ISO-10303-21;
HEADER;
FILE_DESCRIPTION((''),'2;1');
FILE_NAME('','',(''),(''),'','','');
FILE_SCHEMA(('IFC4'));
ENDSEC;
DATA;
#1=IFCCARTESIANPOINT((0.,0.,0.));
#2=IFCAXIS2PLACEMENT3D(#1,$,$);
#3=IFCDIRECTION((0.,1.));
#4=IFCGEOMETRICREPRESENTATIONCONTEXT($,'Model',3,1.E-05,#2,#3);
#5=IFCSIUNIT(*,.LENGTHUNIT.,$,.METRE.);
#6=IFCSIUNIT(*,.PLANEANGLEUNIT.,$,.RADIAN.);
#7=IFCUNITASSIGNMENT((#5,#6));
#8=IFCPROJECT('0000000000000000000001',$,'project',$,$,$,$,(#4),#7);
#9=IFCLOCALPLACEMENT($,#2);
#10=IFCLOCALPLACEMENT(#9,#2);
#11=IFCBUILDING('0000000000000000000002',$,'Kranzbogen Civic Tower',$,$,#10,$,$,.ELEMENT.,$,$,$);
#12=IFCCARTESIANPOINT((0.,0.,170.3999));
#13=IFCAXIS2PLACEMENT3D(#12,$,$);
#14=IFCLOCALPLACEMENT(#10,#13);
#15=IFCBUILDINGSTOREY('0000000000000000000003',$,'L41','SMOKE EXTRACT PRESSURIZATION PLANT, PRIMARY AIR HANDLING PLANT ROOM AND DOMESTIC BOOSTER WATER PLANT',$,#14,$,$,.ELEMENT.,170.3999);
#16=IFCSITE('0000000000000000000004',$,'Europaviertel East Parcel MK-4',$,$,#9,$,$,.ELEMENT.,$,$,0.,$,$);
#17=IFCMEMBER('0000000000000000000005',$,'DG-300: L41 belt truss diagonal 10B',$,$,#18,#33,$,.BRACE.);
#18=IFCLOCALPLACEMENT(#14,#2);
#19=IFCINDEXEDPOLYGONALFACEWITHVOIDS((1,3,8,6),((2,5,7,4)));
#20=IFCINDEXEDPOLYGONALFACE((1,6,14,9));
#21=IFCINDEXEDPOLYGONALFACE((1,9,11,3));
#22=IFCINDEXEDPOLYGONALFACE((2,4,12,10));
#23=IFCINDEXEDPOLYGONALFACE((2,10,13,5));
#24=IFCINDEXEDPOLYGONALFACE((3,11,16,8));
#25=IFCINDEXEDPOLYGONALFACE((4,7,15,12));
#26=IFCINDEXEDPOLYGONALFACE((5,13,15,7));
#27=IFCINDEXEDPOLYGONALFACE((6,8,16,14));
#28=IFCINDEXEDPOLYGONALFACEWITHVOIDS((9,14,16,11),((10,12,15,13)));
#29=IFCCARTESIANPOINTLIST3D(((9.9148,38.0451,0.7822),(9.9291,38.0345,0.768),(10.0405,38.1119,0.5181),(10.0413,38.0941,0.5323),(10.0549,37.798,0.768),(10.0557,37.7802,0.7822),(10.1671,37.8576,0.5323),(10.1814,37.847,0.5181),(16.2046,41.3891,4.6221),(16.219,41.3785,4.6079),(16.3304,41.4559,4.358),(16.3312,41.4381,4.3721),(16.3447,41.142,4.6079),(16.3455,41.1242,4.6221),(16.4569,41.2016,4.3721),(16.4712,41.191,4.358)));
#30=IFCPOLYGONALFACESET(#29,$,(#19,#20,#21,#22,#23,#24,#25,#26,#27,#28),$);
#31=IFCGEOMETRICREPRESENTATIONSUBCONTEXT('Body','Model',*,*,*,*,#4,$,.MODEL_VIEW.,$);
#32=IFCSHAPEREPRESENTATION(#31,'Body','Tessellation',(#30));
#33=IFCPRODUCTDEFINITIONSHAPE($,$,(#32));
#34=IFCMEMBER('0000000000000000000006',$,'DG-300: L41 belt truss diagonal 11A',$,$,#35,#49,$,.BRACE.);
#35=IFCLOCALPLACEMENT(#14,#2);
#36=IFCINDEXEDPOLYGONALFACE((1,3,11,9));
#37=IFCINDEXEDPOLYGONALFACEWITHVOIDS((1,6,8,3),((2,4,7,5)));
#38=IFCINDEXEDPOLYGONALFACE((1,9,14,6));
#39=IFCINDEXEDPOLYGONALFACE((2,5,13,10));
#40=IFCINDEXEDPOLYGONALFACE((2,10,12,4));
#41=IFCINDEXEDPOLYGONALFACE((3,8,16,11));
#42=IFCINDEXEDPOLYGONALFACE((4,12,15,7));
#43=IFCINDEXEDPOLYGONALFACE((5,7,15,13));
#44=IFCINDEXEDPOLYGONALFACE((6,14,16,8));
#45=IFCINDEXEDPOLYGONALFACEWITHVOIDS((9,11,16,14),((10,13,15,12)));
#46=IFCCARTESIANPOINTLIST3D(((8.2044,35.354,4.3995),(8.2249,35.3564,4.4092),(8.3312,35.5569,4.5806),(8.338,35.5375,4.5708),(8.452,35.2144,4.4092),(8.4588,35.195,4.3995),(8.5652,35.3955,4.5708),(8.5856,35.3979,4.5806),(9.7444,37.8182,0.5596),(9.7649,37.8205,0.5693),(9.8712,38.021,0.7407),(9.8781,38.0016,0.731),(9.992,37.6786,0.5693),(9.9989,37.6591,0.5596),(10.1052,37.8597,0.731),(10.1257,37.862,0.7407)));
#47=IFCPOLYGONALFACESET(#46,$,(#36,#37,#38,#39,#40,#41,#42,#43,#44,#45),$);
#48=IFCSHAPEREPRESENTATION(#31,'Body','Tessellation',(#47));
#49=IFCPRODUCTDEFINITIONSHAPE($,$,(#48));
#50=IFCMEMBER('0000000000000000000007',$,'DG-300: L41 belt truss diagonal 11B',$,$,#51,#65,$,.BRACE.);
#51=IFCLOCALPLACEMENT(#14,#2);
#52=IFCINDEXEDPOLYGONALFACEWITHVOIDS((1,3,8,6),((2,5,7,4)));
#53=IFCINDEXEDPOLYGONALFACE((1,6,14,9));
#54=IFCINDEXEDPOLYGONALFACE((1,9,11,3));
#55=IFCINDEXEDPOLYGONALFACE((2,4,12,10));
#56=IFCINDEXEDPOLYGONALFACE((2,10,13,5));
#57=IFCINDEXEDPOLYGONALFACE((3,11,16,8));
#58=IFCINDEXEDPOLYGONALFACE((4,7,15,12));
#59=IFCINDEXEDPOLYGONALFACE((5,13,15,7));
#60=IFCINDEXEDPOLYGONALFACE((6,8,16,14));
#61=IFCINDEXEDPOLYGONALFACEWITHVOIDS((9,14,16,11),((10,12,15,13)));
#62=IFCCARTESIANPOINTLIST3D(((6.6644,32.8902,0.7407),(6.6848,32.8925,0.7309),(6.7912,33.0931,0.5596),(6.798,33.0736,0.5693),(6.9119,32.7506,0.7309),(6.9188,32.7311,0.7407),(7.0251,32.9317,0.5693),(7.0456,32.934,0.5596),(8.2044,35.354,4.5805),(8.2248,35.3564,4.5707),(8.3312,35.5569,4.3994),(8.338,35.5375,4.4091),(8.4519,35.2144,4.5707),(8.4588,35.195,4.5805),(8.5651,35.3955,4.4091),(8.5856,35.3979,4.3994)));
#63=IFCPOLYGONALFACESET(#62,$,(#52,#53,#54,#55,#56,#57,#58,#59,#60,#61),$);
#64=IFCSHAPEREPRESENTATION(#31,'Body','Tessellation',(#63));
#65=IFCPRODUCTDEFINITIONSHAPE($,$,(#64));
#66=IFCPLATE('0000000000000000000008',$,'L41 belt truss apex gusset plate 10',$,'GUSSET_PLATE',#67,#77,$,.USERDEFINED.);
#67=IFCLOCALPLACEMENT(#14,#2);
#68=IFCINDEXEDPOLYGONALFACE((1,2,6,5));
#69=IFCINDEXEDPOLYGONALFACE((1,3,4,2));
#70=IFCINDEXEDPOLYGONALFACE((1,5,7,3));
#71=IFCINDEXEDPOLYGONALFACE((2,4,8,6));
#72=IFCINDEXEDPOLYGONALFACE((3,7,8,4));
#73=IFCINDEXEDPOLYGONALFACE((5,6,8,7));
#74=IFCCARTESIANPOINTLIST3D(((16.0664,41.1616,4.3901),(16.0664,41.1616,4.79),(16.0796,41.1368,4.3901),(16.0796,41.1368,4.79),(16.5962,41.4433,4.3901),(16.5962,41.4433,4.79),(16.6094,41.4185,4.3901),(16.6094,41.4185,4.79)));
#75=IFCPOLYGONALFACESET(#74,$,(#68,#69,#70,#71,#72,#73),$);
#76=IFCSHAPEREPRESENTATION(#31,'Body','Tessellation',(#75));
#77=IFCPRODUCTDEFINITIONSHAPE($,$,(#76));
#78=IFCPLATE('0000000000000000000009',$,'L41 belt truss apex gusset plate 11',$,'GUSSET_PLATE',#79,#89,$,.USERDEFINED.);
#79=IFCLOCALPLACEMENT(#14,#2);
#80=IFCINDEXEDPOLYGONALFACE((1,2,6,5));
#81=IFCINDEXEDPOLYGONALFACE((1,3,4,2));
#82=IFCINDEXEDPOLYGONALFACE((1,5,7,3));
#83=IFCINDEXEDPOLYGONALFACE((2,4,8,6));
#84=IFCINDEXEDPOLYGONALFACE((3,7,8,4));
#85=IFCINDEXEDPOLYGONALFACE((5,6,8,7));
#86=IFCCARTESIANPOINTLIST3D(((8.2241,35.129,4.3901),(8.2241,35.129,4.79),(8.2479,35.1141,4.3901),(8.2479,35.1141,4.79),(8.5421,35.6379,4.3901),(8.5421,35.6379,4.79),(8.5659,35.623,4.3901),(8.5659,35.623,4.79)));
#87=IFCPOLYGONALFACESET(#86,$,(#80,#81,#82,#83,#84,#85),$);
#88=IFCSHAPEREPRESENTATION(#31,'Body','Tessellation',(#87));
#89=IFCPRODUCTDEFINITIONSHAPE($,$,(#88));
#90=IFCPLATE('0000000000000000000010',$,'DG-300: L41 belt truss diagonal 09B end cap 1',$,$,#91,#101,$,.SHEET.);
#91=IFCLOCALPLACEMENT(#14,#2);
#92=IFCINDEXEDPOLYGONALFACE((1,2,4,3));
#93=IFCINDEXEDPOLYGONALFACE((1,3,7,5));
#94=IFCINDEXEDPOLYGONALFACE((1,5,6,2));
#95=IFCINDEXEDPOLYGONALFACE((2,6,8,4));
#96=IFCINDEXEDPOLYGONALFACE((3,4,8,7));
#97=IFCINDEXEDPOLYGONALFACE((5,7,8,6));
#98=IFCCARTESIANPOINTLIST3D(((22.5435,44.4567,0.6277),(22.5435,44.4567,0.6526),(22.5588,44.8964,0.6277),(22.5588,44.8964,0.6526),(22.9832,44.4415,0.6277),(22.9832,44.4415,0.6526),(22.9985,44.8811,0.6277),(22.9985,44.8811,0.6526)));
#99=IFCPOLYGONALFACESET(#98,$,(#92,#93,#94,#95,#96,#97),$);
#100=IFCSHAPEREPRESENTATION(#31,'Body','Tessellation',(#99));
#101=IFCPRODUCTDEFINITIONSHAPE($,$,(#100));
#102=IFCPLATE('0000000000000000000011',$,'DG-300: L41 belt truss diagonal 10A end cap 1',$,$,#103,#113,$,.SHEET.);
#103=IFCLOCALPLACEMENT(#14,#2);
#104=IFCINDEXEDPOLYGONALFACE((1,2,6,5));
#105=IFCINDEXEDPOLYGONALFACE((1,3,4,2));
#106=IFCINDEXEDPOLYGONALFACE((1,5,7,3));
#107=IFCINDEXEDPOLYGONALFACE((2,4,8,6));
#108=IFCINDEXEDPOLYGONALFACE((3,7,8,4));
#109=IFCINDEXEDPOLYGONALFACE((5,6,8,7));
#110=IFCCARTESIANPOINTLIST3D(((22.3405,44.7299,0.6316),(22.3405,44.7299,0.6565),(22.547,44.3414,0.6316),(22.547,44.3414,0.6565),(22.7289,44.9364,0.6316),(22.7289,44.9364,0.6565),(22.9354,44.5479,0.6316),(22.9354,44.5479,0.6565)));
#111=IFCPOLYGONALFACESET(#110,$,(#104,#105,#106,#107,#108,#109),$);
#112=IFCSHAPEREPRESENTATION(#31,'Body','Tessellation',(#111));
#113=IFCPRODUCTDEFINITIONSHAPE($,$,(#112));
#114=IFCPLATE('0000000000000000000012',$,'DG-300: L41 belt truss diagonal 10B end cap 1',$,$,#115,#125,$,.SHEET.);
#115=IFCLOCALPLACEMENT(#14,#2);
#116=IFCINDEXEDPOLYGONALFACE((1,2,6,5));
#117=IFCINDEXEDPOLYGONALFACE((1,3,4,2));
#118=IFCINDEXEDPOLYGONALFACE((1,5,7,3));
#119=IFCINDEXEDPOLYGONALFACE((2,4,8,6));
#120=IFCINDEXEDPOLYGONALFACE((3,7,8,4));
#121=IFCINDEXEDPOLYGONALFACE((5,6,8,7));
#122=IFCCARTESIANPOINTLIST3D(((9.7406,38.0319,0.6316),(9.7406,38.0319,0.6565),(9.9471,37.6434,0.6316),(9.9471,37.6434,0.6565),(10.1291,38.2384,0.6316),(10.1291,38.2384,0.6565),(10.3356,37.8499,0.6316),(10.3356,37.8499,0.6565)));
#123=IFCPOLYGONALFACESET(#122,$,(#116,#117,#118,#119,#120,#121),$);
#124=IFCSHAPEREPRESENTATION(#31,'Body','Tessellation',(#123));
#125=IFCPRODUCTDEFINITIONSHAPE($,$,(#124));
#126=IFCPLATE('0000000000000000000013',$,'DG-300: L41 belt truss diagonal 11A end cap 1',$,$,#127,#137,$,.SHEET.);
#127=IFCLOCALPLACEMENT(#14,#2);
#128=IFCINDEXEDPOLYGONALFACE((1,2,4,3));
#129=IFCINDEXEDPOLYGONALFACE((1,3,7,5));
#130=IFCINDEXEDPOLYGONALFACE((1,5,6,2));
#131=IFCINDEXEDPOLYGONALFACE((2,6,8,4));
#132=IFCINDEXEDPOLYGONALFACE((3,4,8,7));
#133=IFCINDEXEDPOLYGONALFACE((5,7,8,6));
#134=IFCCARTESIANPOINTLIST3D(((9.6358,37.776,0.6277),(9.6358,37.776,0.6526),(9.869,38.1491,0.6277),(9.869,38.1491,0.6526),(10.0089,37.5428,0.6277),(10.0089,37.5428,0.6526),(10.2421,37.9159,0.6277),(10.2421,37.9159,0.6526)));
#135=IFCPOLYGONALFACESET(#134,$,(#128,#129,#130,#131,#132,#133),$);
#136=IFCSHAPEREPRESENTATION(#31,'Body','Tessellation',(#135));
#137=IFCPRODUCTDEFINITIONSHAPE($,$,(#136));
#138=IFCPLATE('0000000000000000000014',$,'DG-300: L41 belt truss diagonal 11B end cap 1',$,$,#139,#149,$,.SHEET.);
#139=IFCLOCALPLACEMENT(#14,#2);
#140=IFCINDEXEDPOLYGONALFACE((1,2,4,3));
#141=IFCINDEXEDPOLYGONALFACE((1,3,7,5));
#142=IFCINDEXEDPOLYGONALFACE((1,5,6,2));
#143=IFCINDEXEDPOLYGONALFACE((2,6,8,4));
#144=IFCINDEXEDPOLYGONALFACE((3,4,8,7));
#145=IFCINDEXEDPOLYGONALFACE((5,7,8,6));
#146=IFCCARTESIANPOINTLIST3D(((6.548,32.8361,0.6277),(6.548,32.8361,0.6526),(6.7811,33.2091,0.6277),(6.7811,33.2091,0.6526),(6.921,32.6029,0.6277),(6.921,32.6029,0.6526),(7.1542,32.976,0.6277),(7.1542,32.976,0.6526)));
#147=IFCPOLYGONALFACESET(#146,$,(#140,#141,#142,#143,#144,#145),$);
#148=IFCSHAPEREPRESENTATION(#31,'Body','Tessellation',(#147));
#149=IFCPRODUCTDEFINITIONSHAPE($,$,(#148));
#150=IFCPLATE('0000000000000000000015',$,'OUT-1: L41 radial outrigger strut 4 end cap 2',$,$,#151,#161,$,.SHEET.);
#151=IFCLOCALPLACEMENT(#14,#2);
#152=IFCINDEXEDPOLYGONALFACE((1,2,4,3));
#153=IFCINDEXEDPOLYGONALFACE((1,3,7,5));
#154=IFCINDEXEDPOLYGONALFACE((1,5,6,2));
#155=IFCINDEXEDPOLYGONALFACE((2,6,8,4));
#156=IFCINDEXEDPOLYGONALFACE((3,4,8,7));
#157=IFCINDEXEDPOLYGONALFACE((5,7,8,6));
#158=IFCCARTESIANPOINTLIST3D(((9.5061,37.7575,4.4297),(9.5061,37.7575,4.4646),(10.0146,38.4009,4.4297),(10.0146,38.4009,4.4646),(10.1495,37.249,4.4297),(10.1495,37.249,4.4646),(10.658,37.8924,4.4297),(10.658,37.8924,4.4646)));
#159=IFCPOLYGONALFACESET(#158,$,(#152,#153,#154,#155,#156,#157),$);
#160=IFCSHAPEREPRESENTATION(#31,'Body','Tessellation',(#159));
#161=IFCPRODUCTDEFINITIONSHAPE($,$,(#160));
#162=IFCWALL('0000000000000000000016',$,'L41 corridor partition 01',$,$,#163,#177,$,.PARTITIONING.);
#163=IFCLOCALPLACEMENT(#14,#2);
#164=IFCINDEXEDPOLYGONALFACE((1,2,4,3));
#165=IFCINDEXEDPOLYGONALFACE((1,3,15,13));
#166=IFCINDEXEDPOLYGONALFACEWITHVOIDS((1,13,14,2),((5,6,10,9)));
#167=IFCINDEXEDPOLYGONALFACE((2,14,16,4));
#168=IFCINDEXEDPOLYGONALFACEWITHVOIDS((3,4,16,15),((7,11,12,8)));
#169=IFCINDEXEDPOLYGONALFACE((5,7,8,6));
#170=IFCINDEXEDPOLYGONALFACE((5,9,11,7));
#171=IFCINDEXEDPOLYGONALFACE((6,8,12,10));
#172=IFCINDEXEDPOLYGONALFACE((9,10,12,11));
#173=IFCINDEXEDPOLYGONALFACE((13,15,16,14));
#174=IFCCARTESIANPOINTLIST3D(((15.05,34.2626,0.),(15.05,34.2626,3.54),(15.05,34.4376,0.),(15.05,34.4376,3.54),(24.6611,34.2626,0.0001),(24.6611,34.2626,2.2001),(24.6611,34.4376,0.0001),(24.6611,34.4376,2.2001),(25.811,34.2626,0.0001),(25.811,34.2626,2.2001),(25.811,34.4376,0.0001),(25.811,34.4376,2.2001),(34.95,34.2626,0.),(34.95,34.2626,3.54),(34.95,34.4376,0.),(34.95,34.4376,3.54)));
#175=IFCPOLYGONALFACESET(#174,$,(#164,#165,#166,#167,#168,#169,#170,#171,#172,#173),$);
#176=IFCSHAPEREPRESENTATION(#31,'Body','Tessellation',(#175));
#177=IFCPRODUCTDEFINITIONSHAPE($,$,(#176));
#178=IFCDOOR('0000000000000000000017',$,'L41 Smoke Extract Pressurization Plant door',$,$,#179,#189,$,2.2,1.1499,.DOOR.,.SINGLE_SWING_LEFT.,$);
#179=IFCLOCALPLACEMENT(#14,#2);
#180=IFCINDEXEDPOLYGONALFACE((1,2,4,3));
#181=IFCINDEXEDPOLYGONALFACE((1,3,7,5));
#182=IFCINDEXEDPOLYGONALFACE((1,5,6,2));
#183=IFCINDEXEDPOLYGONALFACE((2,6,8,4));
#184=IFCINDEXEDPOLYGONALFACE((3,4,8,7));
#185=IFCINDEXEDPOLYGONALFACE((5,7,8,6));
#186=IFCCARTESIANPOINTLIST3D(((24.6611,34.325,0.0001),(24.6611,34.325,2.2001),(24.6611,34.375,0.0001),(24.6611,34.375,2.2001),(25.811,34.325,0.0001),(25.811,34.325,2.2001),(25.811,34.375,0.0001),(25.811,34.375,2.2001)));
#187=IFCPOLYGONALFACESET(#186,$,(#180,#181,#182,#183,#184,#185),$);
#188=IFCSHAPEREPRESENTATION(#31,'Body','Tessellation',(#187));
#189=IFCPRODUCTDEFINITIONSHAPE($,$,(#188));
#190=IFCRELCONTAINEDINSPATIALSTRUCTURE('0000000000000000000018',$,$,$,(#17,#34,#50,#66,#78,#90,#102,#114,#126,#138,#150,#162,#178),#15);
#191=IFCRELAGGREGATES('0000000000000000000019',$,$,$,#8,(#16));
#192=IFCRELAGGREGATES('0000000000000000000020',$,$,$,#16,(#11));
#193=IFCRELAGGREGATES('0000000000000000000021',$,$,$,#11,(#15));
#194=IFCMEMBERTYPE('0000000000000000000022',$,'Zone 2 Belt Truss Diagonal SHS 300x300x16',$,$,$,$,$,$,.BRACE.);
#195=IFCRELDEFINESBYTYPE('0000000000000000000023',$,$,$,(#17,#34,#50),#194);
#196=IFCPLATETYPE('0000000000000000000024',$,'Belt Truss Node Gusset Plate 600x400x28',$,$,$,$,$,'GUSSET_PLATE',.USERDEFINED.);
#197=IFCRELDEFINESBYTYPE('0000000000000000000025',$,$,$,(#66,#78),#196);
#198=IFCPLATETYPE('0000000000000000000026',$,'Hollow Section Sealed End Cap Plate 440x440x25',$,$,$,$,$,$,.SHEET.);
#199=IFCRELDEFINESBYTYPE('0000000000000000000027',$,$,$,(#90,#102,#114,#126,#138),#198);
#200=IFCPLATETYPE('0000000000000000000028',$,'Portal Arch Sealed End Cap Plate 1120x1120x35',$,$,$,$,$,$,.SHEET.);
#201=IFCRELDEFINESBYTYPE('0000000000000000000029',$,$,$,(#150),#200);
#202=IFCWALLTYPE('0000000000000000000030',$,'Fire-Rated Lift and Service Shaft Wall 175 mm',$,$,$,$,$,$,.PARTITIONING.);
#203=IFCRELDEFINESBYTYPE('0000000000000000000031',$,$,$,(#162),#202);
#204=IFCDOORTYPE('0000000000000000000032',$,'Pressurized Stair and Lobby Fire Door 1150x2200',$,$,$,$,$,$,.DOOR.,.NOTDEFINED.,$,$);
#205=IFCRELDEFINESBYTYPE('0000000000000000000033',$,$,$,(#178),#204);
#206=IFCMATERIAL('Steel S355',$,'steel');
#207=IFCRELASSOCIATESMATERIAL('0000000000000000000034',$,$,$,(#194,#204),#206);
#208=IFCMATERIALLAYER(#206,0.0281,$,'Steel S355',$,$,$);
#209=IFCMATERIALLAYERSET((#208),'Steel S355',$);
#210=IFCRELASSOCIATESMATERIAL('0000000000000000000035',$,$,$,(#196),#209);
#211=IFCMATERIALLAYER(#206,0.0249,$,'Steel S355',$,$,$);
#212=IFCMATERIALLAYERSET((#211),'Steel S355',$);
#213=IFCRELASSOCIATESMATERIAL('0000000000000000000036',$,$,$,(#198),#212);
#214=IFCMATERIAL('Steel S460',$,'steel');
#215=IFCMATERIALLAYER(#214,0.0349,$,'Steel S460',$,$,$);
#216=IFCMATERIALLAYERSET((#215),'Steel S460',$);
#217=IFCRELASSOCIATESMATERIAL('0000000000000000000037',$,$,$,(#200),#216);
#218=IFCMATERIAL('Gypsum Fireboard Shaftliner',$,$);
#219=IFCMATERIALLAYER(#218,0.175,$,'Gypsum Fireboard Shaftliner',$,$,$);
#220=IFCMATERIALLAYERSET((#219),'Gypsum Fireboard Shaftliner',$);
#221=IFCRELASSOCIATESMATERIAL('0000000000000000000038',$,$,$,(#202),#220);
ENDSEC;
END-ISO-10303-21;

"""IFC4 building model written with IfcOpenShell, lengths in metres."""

from ifc_helpers import new_model, si_unit, direction, frame, frame_2d, origin, origin_2d, place, context, subcontext, project, spatial, rectangle, hollow_rectangle, extrude, material, layer, layer_set, material_profile, profile_set, type_object, element, fill, save


model = new_model("IFC4")

# Units and contexts
model_context = context("Model", 3, precision=1e-05, world=origin(), true_north=direction((0.0, 1.0)))
body_context = subcontext(model_context, "Body", "Model", "MODEL_VIEW")
ifc_project = project(units=[si_unit("LENGTHUNIT", "METRE"), si_unit("PLANEANGLEUNIT", "RADIAN")], contexts=[model_context])

# Site, building, storey
site_placement = place(None, origin())
site = spatial("IfcSite", under=ifc_project, at=site_placement, Name="Europaviertel East Parcel MK-4", CompositionType="ELEMENT", RefElevation=0.0)
building_placement = place(site_placement, origin())
building = spatial("IfcBuilding", under=site, at=building_placement, Name="Kranzbogen Civic Tower", CompositionType="ELEMENT")
storey_placement = place(building_placement, frame((0.0, 0.0, 170.3999)))
storey = spatial("IfcBuildingStorey", under=building, at=storey_placement, Name="L41", Description="SMOKE EXTRACT PRESSURIZATION PLANT, PRIMARY AIR HANDLING PLANT ROOM AND DOMESTIC BOOSTER WATER PLANT", CompositionType="ELEMENT", Elevation=170.3999)

# Shared definitions
ifc_material_1 = material(Name="Steel S355", Category="steel")

# Shared definitions
ifc_material_2 = material(Name="Steel S460", Category="steel")

# Members
ifc_material_profile_1 = material_profile(ifc_material_1, hollow_rectangle(XDim=0.3, YDim=0.3, WallThickness=0.0161, at=origin_2d()), Name="SHS 300x300x16")
ifc_profile_set_1 = profile_set([ifc_material_profile_1], Name="Steel S355")
member_type_1 = type_object("IfcMemberType", Name="Zone 2 Belt Truss Diagonal SHS 300x300x16", PredefinedType="BRACE", material=ifc_profile_set_1)
member_1_placement = place(storey_placement, frame((10.0481, 37.946, 0.6501), z_axis=(0.77724, 0.413222, 0.474495), x_axis=(-0.469433, 0.882968, 0.0)))
element("IfcMember", 1, at=member_1_placement, inside=storey, type_object=member_type_1, Name="DG-300: L41 belt truss diagonal 10B", PredefinedType="BRACE", context=body_context, shape_type="SweptSolid", body=[
    extrude(hollow_rectangle(XDim=0.3, YDim=0.3, WallThickness=0.0161, at=origin_2d()), origin(), (0.0, 0.0, 1.0), 8.0925),
])
member_2_placement = place(storey_placement, frame((9.9351, 37.8401, 0.6501), z_axis=(-0.319816, -0.511716, 0.797411), x_axis=(0.848003, -0.529991, 0.0)))
element("IfcMember", 2, at=member_2_placement, inside=storey, type_object=member_type_1, Name="DG-300: L41 belt truss diagonal 11A", PredefinedType="BRACE", context=body_context, shape_type="SweptSolid", body=[
    extrude(hollow_rectangle(XDim=0.3, YDim=0.3, WallThickness=0.0161, at=origin_2d()), origin(), (0.0, 0.0, 1.0), 4.8154),
])
member_3_placement = place(storey_placement, frame((6.855, 32.9121, 0.6501), z_axis=(0.319824, 0.511679, 0.797432), x_axis=(-0.847979, 0.530029, 0.0)))
element("IfcMember", 3, at=member_3_placement, inside=storey, type_object=member_type_1, Name="DG-300: L41 belt truss diagonal 11B", PredefinedType="BRACE", context=body_context, shape_type="SweptSolid", body=[
    extrude(hollow_rectangle(XDim=0.3, YDim=0.3, WallThickness=0.0161, at=origin_2d()), origin(), (0.0, 0.0, 1.0), 4.8152),
])

# Plates
ifc_layer_1 = layer(ifc_material_1, 0.0281, Name="Steel S355")
ifc_layer_set_1 = layer_set([ifc_layer_1], Name="Steel S355")
plate_type_1 = type_object("IfcPlateType", Name="Belt Truss Node Gusset Plate 600x400x28", ElementType="GUSSET_PLATE", PredefinedType="USERDEFINED", material=ifc_layer_set_1)
for number, where, z_axis, x_axis, name in (
    (4, (16.3379, 41.29, 4.3901), (0.0, 0.0, 1.0), (-0.882956, -0.469456, 0.0), "L41 belt truss apex gusset plate 10"),
    (5, (8.395, 35.376, 4.3901), (0.0, 0.0, 1.0), (-0.529875, -0.848076, 0.0), "L41 belt truss apex gusset plate 11"),
):
    element("IfcPlate", number, at=place(storey_placement, frame(where, z_axis=z_axis, x_axis=x_axis)), inside=storey, type_object=plate_type_1, Name=name, ObjectType="GUSSET_PLATE", PredefinedType="USERDEFINED", context=body_context, shape_type="SweptSolid", body=[
        extrude(rectangle(XDim=0.6001, YDim=0.0281, at=origin_2d()), origin(), (0.0, 0.0, 1.0), 0.3999),
    ])
ifc_layer_2 = layer(ifc_material_1, 0.0249, Name="Steel S355")
ifc_layer_set_2 = layer_set([ifc_layer_2], Name="Steel S355")
plate_type_2 = type_object("IfcPlateType", Name="Hollow Section Sealed End Cap Plate 440x440x25", PredefinedType="SHEET", material=ifc_layer_set_2)
for number, where, z_axis, x_axis, name in (
    (6, (22.771, 44.6689, 0.6277), (0.0, 0.0, 1.0), (0.999396, -0.034743, 0.0), "DG-300: L41 belt truss diagonal 09B end cap 1"),
    (7, (22.6379, 44.6389, 0.6316), (0.0, 0.0, 1.0), (-0.882972, -0.469425, 0.0), "DG-300: L41 belt truss diagonal 10A end cap 1"),
    (8, (10.0381, 37.9409, 0.6316), (0.0, 0.0, 1.0), (0.882972, 0.469425, 0.0), "DG-300: L41 belt truss diagonal 10B end cap 1"),
    (9, (9.939, 37.8459, 0.6277), (0.0, 0.0, 1.0), (-0.529993, -0.848002, 0.0), "DG-300: L41 belt truss diagonal 11A end cap 1"),
    (10, (6.8511, 32.906, 0.6277), (0.0, 0.0, 1.0), (0.529993, 0.848002, 0.0), "DG-300: L41 belt truss diagonal 11B end cap 1"),
):
    element("IfcPlate", number, at=place(storey_placement, frame(where, z_axis=z_axis, x_axis=x_axis)), inside=storey, type_object=plate_type_2, Name=name, PredefinedType="SHEET", context=body_context, shape_type="SweptSolid", body=[
        extrude(rectangle(XDim=0.4399, YDim=0.4399, at=origin_2d()), origin(), (0.0, 0.0, 1.0), 0.0249),
    ])
ifc_layer_3 = layer(ifc_material_2, 0.0349, Name="Steel S460")
ifc_layer_set_3 = layer_set([ifc_layer_3], Name="Steel S460")
plate_type_3 = type_object("IfcPlateType", Name="Portal Arch Sealed End Cap Plate 1120x1120x35", PredefinedType="SHEET", material=ifc_layer_set_3)
plate_placement = place(storey_placement, frame((10.082, 37.825, 4.4297), z_axis=(0.0, 0.0, 1.0), x_axis=(-0.78456, 0.620053, 0.0)))
element("IfcPlate", 11, at=plate_placement, inside=storey, type_object=plate_type_3, Name="OUT-1: L41 radial outrigger strut 4 end cap 2", PredefinedType="SHEET", context=body_context, shape_type="SweptSolid", body=[
    extrude(rectangle(XDim=0.8201, YDim=0.8201, at=origin_2d()), origin(), (0.0, 0.0, 1.0), 0.0349),
])

# Wall, opening, door
ifc_material_3 = material(Name="Gypsum Fireboard Shaftliner")
ifc_layer_4 = layer(ifc_material_3, 0.175, Name="Gypsum Fireboard Shaftliner")
ifc_layer_set_4 = layer_set([ifc_layer_4], Name="Gypsum Fireboard Shaftliner")
wall_type_1 = type_object("IfcWallType", Name="Fire-Rated Lift and Service Shaft Wall 175 mm", PredefinedType="PARTITIONING", material=ifc_layer_set_4)
wall_1_placement = place(storey_placement, frame((15.05, 34.3501, 0.0), z_axis=(0.0, 0.0, 1.0), x_axis=(1.0, 0.0, 0.0)))
wall_1 = element("IfcWall", 12, at=wall_1_placement, inside=storey, type_object=wall_type_1, Name="L41 corridor partition 01", PredefinedType="PARTITIONING", context=body_context, shape_type="SweptSolid", body=[
    extrude(rectangle(XDim=19.8999, YDim=0.175, at=frame_2d((9.95, 0.0))), origin(), (0.0, 0.0, 1.0), 3.54),
])
opening_placement = place(wall_1_placement, frame((9.6111, 0.0, 0.0)))
opening = element("IfcOpeningElement", 13, at=opening_placement, cuts=wall_1, PredefinedType="OPENING", context=body_context, shape_type="SweptSolid", body=[
    extrude(rectangle(XDim=1.1499, YDim=2.2, at=frame_2d((0.575, 1.1001))), frame((0.0, 0.0977, 0.0), z_axis=(0.0, -1.0, 0.0), x_axis=(1.0, 0.0, 0.0)), (0.0, 0.0, 1.0), 0.1951),
])
door_type = type_object("IfcDoorType", Name="Pressurized Stair and Lobby Fire Door 1150x2200", OperationType="NOTDEFINED", PredefinedType="DOOR", material=ifc_material_1)
door_placement = place(opening_placement, origin())
door = element("IfcDoor", 14, at=door_placement, inside=storey, type_object=door_type, Name="L41 Smoke Extract Pressurization Plant door", OperationType="SINGLE_SWING_LEFT", OverallHeight=2.2, OverallWidth=1.1499, PredefinedType="DOOR", context=body_context, shape_type="SweptSolid", body=[
    extrude(rectangle(XDim=1.1499, YDim=2.2, at=frame_2d((0.575, 1.1001))), frame((0.0, 0.0249, 0.0), z_axis=(0.0, -1.0, 0.0), x_axis=(1.0, 0.0, 0.0)), (0.0, 0.0, 1.0), 0.05),
])
fill(opening, door)

save(model, "model.ifc")
